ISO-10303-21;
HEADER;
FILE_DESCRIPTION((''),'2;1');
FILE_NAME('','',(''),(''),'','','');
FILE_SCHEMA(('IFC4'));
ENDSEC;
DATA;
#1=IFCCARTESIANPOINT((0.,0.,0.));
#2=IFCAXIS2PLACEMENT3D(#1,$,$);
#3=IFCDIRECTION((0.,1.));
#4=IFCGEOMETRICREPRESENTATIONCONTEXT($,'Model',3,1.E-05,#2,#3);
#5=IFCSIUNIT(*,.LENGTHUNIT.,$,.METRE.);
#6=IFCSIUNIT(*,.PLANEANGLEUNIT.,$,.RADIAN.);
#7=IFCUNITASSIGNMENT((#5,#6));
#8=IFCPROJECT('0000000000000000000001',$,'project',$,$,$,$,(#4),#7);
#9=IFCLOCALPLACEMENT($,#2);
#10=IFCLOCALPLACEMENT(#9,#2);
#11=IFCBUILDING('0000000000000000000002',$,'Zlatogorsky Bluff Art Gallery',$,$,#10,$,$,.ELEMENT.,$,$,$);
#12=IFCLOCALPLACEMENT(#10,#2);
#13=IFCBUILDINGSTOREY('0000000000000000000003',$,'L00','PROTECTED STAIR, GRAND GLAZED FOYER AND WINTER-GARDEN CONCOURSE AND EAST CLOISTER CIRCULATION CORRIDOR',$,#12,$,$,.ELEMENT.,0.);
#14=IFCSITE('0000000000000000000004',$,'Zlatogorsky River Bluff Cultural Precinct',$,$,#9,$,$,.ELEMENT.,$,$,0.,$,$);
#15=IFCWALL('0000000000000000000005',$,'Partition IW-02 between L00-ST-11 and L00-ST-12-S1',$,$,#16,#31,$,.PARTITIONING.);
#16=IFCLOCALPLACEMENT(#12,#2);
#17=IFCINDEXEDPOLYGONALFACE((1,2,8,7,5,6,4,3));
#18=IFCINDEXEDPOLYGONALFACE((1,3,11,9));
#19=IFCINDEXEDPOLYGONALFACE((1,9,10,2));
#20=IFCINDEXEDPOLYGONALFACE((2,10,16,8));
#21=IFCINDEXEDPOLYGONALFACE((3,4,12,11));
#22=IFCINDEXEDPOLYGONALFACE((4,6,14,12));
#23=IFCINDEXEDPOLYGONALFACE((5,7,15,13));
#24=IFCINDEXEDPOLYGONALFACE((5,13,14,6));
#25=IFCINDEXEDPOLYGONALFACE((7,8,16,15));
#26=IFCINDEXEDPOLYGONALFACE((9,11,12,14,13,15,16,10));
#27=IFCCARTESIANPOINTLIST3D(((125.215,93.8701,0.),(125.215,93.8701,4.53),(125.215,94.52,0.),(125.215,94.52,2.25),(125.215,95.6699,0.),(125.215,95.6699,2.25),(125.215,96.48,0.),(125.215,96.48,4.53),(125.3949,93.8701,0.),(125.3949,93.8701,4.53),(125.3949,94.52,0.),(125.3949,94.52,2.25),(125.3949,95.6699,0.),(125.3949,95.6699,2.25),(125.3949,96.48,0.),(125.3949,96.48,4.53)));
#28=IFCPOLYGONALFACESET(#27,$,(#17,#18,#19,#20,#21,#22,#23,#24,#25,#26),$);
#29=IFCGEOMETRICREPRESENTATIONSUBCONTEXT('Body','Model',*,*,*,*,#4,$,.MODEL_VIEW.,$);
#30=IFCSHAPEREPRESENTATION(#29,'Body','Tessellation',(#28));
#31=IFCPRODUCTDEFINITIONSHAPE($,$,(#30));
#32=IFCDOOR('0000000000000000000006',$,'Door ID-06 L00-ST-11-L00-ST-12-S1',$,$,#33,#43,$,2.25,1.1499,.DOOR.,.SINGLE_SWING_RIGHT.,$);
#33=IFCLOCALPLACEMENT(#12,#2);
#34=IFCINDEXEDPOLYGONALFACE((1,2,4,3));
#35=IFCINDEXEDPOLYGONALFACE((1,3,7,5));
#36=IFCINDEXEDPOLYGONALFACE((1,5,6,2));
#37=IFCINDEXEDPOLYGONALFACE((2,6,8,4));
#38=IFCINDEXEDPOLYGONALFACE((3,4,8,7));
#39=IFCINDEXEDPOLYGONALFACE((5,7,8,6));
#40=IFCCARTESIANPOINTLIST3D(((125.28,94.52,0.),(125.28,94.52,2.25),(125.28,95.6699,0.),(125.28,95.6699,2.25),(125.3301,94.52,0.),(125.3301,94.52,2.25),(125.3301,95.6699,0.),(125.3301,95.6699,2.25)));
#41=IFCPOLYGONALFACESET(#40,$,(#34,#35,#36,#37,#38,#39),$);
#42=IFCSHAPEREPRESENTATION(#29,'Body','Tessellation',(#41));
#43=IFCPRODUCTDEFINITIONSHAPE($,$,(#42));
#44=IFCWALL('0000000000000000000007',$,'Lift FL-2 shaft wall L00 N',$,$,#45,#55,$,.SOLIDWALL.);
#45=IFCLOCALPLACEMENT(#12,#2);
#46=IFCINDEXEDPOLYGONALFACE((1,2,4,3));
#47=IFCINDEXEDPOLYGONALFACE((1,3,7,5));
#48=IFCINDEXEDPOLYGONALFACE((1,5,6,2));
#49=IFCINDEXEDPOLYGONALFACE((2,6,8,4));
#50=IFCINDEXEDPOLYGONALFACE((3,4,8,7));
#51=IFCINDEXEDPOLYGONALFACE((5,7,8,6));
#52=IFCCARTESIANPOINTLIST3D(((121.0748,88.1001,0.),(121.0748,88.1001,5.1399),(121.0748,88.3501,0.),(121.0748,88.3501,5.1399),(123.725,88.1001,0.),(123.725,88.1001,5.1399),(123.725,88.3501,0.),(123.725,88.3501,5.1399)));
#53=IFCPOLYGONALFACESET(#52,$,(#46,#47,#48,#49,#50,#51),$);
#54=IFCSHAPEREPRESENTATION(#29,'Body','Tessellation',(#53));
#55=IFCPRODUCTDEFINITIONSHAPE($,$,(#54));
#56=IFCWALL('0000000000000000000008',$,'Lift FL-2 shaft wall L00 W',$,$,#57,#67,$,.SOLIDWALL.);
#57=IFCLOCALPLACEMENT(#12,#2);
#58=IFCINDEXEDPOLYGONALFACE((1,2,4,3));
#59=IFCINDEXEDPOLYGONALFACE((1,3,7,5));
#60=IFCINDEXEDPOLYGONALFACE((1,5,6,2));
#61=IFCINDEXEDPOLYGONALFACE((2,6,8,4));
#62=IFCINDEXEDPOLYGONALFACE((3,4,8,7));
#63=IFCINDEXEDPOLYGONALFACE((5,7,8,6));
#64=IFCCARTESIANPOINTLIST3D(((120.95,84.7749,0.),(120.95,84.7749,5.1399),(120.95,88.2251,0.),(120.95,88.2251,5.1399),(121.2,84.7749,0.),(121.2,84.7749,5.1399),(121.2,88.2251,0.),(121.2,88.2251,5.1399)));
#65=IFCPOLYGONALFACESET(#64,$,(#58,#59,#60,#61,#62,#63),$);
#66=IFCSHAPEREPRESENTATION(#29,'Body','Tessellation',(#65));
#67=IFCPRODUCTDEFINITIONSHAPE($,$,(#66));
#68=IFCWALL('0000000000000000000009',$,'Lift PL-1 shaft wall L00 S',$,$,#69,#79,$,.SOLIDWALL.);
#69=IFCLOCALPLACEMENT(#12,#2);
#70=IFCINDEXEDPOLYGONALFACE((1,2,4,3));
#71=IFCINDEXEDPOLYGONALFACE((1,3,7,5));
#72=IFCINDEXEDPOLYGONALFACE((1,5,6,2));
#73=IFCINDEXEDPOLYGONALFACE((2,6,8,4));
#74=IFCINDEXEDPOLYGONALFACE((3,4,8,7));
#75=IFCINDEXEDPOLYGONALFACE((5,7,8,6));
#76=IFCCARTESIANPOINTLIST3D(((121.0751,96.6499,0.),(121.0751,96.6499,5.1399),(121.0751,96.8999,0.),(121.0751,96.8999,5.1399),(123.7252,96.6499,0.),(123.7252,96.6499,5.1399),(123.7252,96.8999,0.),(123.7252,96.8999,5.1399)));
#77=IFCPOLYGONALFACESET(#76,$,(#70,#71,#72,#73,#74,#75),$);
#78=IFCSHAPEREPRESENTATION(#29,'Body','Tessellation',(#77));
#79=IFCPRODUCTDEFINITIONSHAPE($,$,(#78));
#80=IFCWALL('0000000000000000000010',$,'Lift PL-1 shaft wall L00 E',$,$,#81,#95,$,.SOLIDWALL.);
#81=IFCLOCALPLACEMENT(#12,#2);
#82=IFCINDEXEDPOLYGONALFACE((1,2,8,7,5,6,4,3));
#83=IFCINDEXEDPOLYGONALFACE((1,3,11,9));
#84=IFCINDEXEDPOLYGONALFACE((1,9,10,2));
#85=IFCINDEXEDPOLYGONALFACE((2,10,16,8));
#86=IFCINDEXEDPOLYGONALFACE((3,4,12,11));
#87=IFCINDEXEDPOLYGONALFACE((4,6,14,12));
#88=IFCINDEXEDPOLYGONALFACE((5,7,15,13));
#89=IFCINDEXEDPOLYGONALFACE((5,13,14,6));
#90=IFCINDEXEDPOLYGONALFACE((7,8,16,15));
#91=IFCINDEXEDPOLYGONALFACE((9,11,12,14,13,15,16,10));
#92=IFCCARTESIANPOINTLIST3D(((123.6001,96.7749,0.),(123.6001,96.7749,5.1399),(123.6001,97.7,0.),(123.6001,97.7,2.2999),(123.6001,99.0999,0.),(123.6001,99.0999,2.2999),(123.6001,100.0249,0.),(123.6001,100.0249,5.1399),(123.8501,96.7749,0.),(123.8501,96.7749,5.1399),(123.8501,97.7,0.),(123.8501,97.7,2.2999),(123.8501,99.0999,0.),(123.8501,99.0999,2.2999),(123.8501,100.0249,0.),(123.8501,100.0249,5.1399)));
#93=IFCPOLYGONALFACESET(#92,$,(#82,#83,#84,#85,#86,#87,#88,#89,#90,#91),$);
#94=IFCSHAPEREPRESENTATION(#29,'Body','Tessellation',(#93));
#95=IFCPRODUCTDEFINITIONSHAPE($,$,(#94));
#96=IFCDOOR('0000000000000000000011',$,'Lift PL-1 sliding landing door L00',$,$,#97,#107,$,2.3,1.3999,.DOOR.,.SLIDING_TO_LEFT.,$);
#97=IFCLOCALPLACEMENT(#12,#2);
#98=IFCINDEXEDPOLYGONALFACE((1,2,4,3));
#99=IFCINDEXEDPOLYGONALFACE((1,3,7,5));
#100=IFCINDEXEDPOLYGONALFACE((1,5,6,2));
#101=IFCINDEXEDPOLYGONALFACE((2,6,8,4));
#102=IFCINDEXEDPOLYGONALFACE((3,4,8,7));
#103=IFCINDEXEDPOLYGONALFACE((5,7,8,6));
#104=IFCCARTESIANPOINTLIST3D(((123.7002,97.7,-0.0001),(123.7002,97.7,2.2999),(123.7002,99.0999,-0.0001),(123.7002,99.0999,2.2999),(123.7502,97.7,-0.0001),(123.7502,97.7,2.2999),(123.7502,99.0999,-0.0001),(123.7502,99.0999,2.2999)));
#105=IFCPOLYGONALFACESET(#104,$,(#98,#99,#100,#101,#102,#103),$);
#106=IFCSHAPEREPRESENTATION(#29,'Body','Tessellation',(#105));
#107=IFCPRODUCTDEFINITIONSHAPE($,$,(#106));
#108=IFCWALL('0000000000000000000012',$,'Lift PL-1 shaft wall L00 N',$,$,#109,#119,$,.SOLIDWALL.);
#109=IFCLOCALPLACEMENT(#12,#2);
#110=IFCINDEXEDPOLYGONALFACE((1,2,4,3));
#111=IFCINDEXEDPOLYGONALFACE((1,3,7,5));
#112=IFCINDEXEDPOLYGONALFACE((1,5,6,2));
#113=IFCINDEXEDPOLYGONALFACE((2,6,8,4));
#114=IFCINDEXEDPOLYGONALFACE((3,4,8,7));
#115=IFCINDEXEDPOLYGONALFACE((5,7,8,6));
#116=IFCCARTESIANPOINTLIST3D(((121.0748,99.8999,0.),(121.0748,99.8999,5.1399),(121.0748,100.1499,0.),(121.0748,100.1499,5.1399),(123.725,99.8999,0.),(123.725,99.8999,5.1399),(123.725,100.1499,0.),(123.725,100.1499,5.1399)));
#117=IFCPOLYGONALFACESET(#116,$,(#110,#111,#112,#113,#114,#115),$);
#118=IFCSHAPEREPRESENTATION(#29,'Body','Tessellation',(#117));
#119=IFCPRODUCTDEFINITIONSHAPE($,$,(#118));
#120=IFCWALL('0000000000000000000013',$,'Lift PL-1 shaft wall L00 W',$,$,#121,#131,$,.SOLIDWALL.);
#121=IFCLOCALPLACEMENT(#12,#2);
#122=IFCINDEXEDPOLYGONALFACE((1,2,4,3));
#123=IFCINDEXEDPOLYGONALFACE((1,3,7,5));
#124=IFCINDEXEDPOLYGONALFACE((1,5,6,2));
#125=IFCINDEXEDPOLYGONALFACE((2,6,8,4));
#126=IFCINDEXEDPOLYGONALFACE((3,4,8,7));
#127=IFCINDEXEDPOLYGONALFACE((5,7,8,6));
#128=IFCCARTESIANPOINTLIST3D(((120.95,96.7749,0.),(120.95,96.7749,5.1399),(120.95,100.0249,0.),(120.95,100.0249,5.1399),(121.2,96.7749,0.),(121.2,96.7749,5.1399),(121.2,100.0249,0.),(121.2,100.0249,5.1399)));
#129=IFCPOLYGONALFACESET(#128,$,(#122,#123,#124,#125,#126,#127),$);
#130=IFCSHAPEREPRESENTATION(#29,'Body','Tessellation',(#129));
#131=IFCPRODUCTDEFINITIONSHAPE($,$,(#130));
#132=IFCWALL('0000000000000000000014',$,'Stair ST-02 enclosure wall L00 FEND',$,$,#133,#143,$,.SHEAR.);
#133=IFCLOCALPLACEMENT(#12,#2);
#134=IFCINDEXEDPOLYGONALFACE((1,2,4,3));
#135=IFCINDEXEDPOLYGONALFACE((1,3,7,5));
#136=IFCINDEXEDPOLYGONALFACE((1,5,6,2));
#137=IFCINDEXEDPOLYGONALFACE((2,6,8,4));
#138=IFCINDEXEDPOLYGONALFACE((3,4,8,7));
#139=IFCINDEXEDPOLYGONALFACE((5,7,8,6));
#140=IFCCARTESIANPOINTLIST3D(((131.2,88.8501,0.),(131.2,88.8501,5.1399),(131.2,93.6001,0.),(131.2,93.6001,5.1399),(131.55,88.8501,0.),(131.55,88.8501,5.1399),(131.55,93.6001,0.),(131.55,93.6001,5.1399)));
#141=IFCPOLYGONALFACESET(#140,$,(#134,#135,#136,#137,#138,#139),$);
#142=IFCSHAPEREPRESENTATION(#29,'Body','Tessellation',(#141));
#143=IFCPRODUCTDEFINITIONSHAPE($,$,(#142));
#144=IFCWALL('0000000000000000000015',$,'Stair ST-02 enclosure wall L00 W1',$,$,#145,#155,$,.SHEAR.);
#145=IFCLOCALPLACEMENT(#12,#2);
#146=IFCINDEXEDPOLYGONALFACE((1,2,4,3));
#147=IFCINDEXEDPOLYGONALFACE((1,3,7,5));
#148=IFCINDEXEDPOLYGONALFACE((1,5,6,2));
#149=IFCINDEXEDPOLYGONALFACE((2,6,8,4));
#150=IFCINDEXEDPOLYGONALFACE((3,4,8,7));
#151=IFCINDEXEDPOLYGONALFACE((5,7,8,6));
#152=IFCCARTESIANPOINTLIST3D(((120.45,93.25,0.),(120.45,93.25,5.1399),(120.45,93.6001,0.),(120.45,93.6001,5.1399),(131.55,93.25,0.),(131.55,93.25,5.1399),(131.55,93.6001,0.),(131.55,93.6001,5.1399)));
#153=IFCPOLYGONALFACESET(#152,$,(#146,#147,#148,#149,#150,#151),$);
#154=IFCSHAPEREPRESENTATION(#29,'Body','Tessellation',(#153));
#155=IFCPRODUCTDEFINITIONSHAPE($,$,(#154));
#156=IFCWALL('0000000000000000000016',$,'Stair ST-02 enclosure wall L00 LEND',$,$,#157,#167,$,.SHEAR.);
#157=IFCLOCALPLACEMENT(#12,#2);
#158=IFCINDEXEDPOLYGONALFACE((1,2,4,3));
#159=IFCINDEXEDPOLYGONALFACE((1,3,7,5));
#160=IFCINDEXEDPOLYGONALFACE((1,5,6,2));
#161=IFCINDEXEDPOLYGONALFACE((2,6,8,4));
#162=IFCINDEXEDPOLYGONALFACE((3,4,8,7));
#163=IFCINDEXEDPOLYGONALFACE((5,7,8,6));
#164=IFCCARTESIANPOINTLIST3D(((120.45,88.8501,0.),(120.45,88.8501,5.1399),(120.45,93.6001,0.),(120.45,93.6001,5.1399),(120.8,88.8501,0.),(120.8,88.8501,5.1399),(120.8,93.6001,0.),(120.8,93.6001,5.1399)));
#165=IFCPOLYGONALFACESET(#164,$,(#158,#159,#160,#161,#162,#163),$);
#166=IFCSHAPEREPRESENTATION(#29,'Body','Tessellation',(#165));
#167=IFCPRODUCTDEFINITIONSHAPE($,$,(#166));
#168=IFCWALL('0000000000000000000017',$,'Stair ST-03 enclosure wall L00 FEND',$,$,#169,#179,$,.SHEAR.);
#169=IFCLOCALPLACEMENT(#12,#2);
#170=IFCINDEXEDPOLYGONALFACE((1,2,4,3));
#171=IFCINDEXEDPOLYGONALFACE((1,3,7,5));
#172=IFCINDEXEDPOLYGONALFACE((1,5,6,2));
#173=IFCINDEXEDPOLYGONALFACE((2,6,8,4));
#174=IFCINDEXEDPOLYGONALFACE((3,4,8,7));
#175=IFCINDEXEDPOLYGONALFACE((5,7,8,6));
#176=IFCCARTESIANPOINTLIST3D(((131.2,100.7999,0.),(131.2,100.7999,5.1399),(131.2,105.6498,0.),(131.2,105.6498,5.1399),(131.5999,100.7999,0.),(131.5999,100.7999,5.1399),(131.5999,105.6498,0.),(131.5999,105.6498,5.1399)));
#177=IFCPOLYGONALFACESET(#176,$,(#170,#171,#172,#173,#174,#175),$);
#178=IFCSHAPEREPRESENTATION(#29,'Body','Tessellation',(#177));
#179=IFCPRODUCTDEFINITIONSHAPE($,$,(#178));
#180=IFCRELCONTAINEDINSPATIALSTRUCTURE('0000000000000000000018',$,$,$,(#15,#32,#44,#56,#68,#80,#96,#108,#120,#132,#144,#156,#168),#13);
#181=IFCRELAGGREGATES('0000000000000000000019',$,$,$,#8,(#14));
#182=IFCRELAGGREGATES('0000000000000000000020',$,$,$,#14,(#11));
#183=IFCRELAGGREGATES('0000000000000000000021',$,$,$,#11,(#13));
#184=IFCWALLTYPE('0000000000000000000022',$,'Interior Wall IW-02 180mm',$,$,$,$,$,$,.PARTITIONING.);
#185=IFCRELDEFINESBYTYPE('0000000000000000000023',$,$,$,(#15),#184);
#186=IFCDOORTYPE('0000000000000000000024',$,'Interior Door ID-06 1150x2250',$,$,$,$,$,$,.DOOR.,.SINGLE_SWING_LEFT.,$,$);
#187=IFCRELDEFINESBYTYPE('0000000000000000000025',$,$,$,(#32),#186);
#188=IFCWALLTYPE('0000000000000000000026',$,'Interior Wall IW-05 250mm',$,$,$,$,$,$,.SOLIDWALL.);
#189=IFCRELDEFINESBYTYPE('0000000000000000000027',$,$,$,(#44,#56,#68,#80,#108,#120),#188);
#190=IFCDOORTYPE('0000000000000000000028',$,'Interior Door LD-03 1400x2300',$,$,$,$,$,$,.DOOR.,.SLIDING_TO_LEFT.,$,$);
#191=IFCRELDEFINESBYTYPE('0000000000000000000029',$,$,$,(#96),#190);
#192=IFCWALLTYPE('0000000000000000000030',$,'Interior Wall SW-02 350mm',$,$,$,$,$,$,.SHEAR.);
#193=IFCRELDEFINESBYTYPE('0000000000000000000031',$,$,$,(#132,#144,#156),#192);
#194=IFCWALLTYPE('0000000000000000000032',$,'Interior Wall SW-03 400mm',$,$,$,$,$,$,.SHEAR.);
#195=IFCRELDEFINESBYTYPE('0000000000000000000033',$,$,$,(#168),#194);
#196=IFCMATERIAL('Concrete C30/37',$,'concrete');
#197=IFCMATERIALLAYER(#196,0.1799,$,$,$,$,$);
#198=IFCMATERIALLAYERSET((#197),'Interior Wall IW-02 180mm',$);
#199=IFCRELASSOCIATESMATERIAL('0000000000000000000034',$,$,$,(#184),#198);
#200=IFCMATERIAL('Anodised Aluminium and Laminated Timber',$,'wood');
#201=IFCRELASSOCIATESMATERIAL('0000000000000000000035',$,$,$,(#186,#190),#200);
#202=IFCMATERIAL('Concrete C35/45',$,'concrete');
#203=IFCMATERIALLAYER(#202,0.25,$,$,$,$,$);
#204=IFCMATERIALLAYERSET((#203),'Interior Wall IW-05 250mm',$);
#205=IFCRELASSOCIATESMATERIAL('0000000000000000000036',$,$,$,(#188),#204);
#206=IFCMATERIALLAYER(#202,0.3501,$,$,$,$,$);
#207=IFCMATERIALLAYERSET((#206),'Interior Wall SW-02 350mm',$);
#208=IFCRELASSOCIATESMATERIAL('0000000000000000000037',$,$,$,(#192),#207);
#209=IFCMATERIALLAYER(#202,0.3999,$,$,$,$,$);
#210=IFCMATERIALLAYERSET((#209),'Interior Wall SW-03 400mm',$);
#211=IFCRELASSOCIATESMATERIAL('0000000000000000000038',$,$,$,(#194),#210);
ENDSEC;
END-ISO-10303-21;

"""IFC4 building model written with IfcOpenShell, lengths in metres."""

from ifc_helpers import new_model, si_unit, direction, frame, frame_2d, origin, place, context, subcontext, project, spatial, rectangle, extrude, material, layer, layer_set, type_object, element, fill, save


model = new_model("IFC4")

# Units and contexts
model_context = context("Model", 3, precision=1e-05, world=origin(), true_north=direction((0.0, 1.0)))
body_context = subcontext(model_context, "Body", "Model", "MODEL_VIEW")
ifc_project = project(units=[si_unit("LENGTHUNIT", "METRE"), si_unit("PLANEANGLEUNIT", "RADIAN")], contexts=[model_context])

# Site, building, storey
site_placement = place(None, origin())
site = spatial("IfcSite", under=ifc_project, at=site_placement, Name="Zlatogorsky River Bluff Cultural Precinct", CompositionType="ELEMENT", RefElevation=0.0)
building_placement = place(site_placement, origin())
building = spatial("IfcBuilding", under=site, at=building_placement, Name="Zlatogorsky Bluff Art Gallery", CompositionType="ELEMENT")
storey_placement = place(building_placement, origin())
storey = spatial("IfcBuildingStorey", under=building, at=storey_placement, Name="L00", Description="PROTECTED STAIR, GRAND GLAZED FOYER AND WINTER-GARDEN CONCOURSE AND EAST CLOISTER CIRCULATION CORRIDOR", CompositionType="ELEMENT", Elevation=0.0)

# Wall, opening, door
ifc_material_1 = material(Name="Concrete C30/37", Category="concrete")
ifc_layer_1 = layer(ifc_material_1, 0.1799)
ifc_layer_set_1 = layer_set([ifc_layer_1], Name="Interior Wall IW-02 180mm")
wall_type_1 = type_object("IfcWallType", Name="Interior Wall IW-02 180mm", PredefinedType="PARTITIONING", material=ifc_layer_set_1)
wall_1_placement = place(storey_placement, frame((125.3049, 93.8701, 0.0), z_axis=(0.0, 0.0, 1.0), x_axis=(0.0, 1.0, 0.0)))
wall_1 = element("IfcWall", 1, at=wall_1_placement, inside=storey, type_object=wall_type_1, Name="Partition IW-02 between L00-ST-11 and L00-ST-12-S1", PredefinedType="PARTITIONING", context=body_context, shape_type="SweptSolid", body=[
    extrude(rectangle(XDim=2.6099, YDim=0.1799, at=frame_2d((1.3049, 0.0))), origin(), (0.0, 0.0, 1.0), 4.53),
])
opening_1_placement = place(wall_1_placement, frame((0.6499, 0.0, 0.0)))
opening_1 = element("IfcOpeningElement", 2, at=opening_1_placement, cuts=wall_1, PredefinedType="OPENING", context=body_context, shape_type="SweptSolid", body=[
    extrude(rectangle(XDim=1.1499, YDim=2.25, at=frame_2d((0.575, 1.125))), frame((0.0, 0.0999, 0.0), z_axis=(0.0, -1.0, 0.0), x_axis=(1.0, 0.0, 0.0)), (0.0, 0.0, 1.0), 0.2),
])
ifc_material_2 = material(Name="Anodised Aluminium and Laminated Timber", Category="wood")
door_type_1 = type_object("IfcDoorType", Name="Interior Door ID-06 1150x2250", OperationType="SINGLE_SWING_LEFT", PredefinedType="DOOR", material=ifc_material_2)
door_1_placement = place(opening_1_placement, origin())
door_1 = element("IfcDoor", 3, at=door_1_placement, inside=storey, type_object=door_type_1, Name="Door ID-06 L00-ST-11-L00-ST-12-S1", OperationType="SINGLE_SWING_RIGHT", OverallHeight=2.25, OverallWidth=1.1499, PredefinedType="DOOR", context=body_context, shape_type="SweptSolid", body=[
    extrude(rectangle(XDim=1.1499, YDim=2.25, at=frame_2d((0.575, 1.125))), frame((0.0, 0.0249, 0.0), z_axis=(0.0, -1.0, 0.0), x_axis=(1.0, 0.0, 0.0)), (0.0, 0.0, 1.0), 0.05),
])
fill(opening_1, door_1)

# Walls
ifc_material_3 = material(Name="Concrete C35/45", Category="concrete")
ifc_layer_2 = layer(ifc_material_3, 0.25)
ifc_layer_set_2 = layer_set([ifc_layer_2], Name="Interior Wall IW-05 250mm")
wall_type_2 = type_object("IfcWallType", Name="Interior Wall IW-05 250mm", PredefinedType="SOLIDWALL", material=ifc_layer_set_2)
wall_2_placement = place(storey_placement, frame((123.7251, 88.2251, 0.0), z_axis=(0.0, 0.0, 1.0), x_axis=(-1.0, 0.0, 0.0)))
element("IfcWall", 4, at=wall_2_placement, inside=storey, type_object=wall_type_2, Name="Lift FL-2 shaft wall L00 N", PredefinedType="SOLIDWALL", context=body_context, shape_type="SweptSolid", body=[
    extrude(rectangle(XDim=2.6501, YDim=0.25, at=frame_2d((1.3252, 0.0))), origin(), (0.0, 0.0, 1.0), 5.1399),
])
wall_3_placement = place(storey_placement, frame((121.075, 88.2251, 0.0), z_axis=(0.0, 0.0, 1.0), x_axis=(0.0, -1.0, 0.0)))
element("IfcWall", 5, at=wall_3_placement, inside=storey, type_object=wall_type_2, Name="Lift FL-2 shaft wall L00 W", PredefinedType="SOLIDWALL", context=body_context, shape_type="SweptSolid", body=[
    extrude(rectangle(XDim=3.4502, YDim=0.25, at=frame_2d((1.7251, 0.0))), origin(), (0.0, 0.0, 1.0), 5.1399),
])
wall_4_placement = place(storey_placement, frame((121.075, 96.7749, 0.0), z_axis=(0.0, 0.0, 1.0), x_axis=(1.0, 0.0, 0.0)))
element("IfcWall", 6, at=wall_4_placement, inside=storey, type_object=wall_type_2, Name="Lift PL-1 shaft wall L00 S", PredefinedType="SOLIDWALL", context=body_context, shape_type="SweptSolid", body=[
    extrude(rectangle(XDim=2.6501, YDim=0.25, at=frame_2d((1.3252, 0.0))), origin(), (0.0, 0.0, 1.0), 5.1399),
])

# Wall, opening, door
wall_5_placement = place(storey_placement, frame((123.7251, 96.7749, 0.0), z_axis=(0.0, 0.0, 1.0), x_axis=(0.0, 1.0, 0.0)))
wall_5 = element("IfcWall", 7, at=wall_5_placement, inside=storey, type_object=wall_type_2, Name="Lift PL-1 shaft wall L00 E", PredefinedType="SOLIDWALL", context=body_context, shape_type="SweptSolid", body=[
    extrude(rectangle(XDim=3.25, YDim=0.25, at=frame_2d((1.625, 0.0))), origin(), (0.0, 0.0, 1.0), 5.1399),
])
opening_2_placement = place(wall_5_placement, frame((0.925, 0.0, 0.0)))
opening_2 = element("IfcOpeningElement", 8, at=opening_2_placement, cuts=wall_5, PredefinedType="OPENING", context=body_context, shape_type="SweptSolid", body=[
    extrude(rectangle(XDim=1.3999, YDim=2.3, at=frame_2d((0.7, 1.1499))), frame((0.0, 0.135, 0.0), z_axis=(0.0, -1.0, 0.0), x_axis=(1.0, 0.0, 0.0)), (0.0, 0.0, 1.0), 0.27),
])
door_type_2 = type_object("IfcDoorType", Name="Interior Door LD-03 1400x2300", OperationType="SLIDING_TO_LEFT", PredefinedType="DOOR", material=ifc_material_2)
door_2_placement = place(opening_2_placement, origin())
door_2 = element("IfcDoor", 9, at=door_2_placement, inside=storey, type_object=door_type_2, Name="Lift PL-1 sliding landing door L00", OperationType="SLIDING_TO_LEFT", OverallHeight=2.3, OverallWidth=1.3999, PredefinedType="DOOR", context=body_context, shape_type="SweptSolid", body=[
    extrude(rectangle(XDim=1.3999, YDim=2.3, at=frame_2d((0.7, 1.1499))), frame((0.0, 0.0249, 0.0), z_axis=(0.0, -1.0, 0.0), x_axis=(1.0, 0.0, 0.0)), (0.0, 0.0, 1.0), 0.05),
])
fill(opening_2, door_2)

# Walls
wall_6_placement = place(storey_placement, frame((123.7251, 100.0249, 0.0), z_axis=(0.0, 0.0, 1.0), x_axis=(-1.0, 0.0, 0.0)))
element("IfcWall", 10, at=wall_6_placement, inside=storey, type_object=wall_type_2, Name="Lift PL-1 shaft wall L00 N", PredefinedType="SOLIDWALL", context=body_context, shape_type="SweptSolid", body=[
    extrude(rectangle(XDim=2.6501, YDim=0.25, at=frame_2d((1.3252, 0.0))), origin(), (0.0, 0.0, 1.0), 5.1399),
])
wall_7_placement = place(storey_placement, frame((121.075, 100.0249, 0.0), z_axis=(0.0, 0.0, 1.0), x_axis=(0.0, -1.0, 0.0)))
element("IfcWall", 11, at=wall_7_placement, inside=storey, type_object=wall_type_2, Name="Lift PL-1 shaft wall L00 W", PredefinedType="SOLIDWALL", context=body_context, shape_type="SweptSolid", body=[
    extrude(rectangle(XDim=3.25, YDim=0.25, at=frame_2d((1.625, 0.0))), origin(), (0.0, 0.0, 1.0), 5.1399),
])
ifc_layer_3 = layer(ifc_material_3, 0.3501)
ifc_layer_set_3 = layer_set([ifc_layer_3], Name="Interior Wall SW-02 350mm")
wall_type_3 = type_object("IfcWallType", Name="Interior Wall SW-02 350mm", PredefinedType="SHEAR", material=ifc_layer_set_3)
wall_8_placement = place(storey_placement, frame((131.375, 88.8501, 0.0), z_axis=(0.0, 0.0, 1.0), x_axis=(0.0, 1.0, 0.0)))
element("IfcWall", 12, at=wall_8_placement, inside=storey, type_object=wall_type_3, Name="Stair ST-02 enclosure wall L00 FEND", PredefinedType="SHEAR", context=body_context, shape_type="SweptSolid", body=[
    extrude(rectangle(XDim=4.75, YDim=0.3501, at=frame_2d((2.375, 0.0))), origin(), (0.0, 0.0, 1.0), 5.1399),
])
wall_9_placement = place(storey_placement, frame((131.55, 93.425, 0.0), z_axis=(0.0, 0.0, 1.0), x_axis=(-1.0, 0.0, 0.0)))
element("IfcWall", 13, at=wall_9_placement, inside=storey, type_object=wall_type_3, Name="Stair ST-02 enclosure wall L00 W1", PredefinedType="SHEAR", context=body_context, shape_type="SweptSolid", body=[
    extrude(rectangle(XDim=11.1001, YDim=0.3501, at=frame_2d((5.55, 0.0))), origin(), (0.0, 0.0, 1.0), 5.1399),
])
wall_10_placement = place(storey_placement, frame((120.625, 93.6001, 0.0), z_axis=(0.0, 0.0, 1.0), x_axis=(0.0, -1.0, 0.0)))
element("IfcWall", 14, at=wall_10_placement, inside=storey, type_object=wall_type_3, Name="Stair ST-02 enclosure wall L00 LEND", PredefinedType="SHEAR", context=body_context, shape_type="SweptSolid", body=[
    extrude(rectangle(XDim=4.75, YDim=0.3501, at=frame_2d((2.375, 0.0))), origin(), (0.0, 0.0, 1.0), 5.1399),
])
ifc_layer_4 = layer(ifc_material_3, 0.3999)
ifc_layer_set_4 = layer_set([ifc_layer_4], Name="Interior Wall SW-03 400mm")
wall_type_4 = type_object("IfcWallType", Name="Interior Wall SW-03 400mm", PredefinedType="SHEAR", material=ifc_layer_set_4)
wall_11_placement = place(storey_placement, frame((131.3999, 100.8, 0.0), z_axis=(0.0, 0.0, 1.0), x_axis=(0.0, 1.0, 0.0)))
element("IfcWall", 15, at=wall_11_placement, inside=storey, type_object=wall_type_4, Name="Stair ST-03 enclosure wall L00 FEND", PredefinedType="SHEAR", context=body_context, shape_type="SweptSolid", body=[
    extrude(rectangle(XDim=4.8499, YDim=0.3999, at=frame_2d((2.4248, 0.0))), origin(), (0.0, 0.0, 1.0), 5.1399),
])

save(model, "model.ifc")
